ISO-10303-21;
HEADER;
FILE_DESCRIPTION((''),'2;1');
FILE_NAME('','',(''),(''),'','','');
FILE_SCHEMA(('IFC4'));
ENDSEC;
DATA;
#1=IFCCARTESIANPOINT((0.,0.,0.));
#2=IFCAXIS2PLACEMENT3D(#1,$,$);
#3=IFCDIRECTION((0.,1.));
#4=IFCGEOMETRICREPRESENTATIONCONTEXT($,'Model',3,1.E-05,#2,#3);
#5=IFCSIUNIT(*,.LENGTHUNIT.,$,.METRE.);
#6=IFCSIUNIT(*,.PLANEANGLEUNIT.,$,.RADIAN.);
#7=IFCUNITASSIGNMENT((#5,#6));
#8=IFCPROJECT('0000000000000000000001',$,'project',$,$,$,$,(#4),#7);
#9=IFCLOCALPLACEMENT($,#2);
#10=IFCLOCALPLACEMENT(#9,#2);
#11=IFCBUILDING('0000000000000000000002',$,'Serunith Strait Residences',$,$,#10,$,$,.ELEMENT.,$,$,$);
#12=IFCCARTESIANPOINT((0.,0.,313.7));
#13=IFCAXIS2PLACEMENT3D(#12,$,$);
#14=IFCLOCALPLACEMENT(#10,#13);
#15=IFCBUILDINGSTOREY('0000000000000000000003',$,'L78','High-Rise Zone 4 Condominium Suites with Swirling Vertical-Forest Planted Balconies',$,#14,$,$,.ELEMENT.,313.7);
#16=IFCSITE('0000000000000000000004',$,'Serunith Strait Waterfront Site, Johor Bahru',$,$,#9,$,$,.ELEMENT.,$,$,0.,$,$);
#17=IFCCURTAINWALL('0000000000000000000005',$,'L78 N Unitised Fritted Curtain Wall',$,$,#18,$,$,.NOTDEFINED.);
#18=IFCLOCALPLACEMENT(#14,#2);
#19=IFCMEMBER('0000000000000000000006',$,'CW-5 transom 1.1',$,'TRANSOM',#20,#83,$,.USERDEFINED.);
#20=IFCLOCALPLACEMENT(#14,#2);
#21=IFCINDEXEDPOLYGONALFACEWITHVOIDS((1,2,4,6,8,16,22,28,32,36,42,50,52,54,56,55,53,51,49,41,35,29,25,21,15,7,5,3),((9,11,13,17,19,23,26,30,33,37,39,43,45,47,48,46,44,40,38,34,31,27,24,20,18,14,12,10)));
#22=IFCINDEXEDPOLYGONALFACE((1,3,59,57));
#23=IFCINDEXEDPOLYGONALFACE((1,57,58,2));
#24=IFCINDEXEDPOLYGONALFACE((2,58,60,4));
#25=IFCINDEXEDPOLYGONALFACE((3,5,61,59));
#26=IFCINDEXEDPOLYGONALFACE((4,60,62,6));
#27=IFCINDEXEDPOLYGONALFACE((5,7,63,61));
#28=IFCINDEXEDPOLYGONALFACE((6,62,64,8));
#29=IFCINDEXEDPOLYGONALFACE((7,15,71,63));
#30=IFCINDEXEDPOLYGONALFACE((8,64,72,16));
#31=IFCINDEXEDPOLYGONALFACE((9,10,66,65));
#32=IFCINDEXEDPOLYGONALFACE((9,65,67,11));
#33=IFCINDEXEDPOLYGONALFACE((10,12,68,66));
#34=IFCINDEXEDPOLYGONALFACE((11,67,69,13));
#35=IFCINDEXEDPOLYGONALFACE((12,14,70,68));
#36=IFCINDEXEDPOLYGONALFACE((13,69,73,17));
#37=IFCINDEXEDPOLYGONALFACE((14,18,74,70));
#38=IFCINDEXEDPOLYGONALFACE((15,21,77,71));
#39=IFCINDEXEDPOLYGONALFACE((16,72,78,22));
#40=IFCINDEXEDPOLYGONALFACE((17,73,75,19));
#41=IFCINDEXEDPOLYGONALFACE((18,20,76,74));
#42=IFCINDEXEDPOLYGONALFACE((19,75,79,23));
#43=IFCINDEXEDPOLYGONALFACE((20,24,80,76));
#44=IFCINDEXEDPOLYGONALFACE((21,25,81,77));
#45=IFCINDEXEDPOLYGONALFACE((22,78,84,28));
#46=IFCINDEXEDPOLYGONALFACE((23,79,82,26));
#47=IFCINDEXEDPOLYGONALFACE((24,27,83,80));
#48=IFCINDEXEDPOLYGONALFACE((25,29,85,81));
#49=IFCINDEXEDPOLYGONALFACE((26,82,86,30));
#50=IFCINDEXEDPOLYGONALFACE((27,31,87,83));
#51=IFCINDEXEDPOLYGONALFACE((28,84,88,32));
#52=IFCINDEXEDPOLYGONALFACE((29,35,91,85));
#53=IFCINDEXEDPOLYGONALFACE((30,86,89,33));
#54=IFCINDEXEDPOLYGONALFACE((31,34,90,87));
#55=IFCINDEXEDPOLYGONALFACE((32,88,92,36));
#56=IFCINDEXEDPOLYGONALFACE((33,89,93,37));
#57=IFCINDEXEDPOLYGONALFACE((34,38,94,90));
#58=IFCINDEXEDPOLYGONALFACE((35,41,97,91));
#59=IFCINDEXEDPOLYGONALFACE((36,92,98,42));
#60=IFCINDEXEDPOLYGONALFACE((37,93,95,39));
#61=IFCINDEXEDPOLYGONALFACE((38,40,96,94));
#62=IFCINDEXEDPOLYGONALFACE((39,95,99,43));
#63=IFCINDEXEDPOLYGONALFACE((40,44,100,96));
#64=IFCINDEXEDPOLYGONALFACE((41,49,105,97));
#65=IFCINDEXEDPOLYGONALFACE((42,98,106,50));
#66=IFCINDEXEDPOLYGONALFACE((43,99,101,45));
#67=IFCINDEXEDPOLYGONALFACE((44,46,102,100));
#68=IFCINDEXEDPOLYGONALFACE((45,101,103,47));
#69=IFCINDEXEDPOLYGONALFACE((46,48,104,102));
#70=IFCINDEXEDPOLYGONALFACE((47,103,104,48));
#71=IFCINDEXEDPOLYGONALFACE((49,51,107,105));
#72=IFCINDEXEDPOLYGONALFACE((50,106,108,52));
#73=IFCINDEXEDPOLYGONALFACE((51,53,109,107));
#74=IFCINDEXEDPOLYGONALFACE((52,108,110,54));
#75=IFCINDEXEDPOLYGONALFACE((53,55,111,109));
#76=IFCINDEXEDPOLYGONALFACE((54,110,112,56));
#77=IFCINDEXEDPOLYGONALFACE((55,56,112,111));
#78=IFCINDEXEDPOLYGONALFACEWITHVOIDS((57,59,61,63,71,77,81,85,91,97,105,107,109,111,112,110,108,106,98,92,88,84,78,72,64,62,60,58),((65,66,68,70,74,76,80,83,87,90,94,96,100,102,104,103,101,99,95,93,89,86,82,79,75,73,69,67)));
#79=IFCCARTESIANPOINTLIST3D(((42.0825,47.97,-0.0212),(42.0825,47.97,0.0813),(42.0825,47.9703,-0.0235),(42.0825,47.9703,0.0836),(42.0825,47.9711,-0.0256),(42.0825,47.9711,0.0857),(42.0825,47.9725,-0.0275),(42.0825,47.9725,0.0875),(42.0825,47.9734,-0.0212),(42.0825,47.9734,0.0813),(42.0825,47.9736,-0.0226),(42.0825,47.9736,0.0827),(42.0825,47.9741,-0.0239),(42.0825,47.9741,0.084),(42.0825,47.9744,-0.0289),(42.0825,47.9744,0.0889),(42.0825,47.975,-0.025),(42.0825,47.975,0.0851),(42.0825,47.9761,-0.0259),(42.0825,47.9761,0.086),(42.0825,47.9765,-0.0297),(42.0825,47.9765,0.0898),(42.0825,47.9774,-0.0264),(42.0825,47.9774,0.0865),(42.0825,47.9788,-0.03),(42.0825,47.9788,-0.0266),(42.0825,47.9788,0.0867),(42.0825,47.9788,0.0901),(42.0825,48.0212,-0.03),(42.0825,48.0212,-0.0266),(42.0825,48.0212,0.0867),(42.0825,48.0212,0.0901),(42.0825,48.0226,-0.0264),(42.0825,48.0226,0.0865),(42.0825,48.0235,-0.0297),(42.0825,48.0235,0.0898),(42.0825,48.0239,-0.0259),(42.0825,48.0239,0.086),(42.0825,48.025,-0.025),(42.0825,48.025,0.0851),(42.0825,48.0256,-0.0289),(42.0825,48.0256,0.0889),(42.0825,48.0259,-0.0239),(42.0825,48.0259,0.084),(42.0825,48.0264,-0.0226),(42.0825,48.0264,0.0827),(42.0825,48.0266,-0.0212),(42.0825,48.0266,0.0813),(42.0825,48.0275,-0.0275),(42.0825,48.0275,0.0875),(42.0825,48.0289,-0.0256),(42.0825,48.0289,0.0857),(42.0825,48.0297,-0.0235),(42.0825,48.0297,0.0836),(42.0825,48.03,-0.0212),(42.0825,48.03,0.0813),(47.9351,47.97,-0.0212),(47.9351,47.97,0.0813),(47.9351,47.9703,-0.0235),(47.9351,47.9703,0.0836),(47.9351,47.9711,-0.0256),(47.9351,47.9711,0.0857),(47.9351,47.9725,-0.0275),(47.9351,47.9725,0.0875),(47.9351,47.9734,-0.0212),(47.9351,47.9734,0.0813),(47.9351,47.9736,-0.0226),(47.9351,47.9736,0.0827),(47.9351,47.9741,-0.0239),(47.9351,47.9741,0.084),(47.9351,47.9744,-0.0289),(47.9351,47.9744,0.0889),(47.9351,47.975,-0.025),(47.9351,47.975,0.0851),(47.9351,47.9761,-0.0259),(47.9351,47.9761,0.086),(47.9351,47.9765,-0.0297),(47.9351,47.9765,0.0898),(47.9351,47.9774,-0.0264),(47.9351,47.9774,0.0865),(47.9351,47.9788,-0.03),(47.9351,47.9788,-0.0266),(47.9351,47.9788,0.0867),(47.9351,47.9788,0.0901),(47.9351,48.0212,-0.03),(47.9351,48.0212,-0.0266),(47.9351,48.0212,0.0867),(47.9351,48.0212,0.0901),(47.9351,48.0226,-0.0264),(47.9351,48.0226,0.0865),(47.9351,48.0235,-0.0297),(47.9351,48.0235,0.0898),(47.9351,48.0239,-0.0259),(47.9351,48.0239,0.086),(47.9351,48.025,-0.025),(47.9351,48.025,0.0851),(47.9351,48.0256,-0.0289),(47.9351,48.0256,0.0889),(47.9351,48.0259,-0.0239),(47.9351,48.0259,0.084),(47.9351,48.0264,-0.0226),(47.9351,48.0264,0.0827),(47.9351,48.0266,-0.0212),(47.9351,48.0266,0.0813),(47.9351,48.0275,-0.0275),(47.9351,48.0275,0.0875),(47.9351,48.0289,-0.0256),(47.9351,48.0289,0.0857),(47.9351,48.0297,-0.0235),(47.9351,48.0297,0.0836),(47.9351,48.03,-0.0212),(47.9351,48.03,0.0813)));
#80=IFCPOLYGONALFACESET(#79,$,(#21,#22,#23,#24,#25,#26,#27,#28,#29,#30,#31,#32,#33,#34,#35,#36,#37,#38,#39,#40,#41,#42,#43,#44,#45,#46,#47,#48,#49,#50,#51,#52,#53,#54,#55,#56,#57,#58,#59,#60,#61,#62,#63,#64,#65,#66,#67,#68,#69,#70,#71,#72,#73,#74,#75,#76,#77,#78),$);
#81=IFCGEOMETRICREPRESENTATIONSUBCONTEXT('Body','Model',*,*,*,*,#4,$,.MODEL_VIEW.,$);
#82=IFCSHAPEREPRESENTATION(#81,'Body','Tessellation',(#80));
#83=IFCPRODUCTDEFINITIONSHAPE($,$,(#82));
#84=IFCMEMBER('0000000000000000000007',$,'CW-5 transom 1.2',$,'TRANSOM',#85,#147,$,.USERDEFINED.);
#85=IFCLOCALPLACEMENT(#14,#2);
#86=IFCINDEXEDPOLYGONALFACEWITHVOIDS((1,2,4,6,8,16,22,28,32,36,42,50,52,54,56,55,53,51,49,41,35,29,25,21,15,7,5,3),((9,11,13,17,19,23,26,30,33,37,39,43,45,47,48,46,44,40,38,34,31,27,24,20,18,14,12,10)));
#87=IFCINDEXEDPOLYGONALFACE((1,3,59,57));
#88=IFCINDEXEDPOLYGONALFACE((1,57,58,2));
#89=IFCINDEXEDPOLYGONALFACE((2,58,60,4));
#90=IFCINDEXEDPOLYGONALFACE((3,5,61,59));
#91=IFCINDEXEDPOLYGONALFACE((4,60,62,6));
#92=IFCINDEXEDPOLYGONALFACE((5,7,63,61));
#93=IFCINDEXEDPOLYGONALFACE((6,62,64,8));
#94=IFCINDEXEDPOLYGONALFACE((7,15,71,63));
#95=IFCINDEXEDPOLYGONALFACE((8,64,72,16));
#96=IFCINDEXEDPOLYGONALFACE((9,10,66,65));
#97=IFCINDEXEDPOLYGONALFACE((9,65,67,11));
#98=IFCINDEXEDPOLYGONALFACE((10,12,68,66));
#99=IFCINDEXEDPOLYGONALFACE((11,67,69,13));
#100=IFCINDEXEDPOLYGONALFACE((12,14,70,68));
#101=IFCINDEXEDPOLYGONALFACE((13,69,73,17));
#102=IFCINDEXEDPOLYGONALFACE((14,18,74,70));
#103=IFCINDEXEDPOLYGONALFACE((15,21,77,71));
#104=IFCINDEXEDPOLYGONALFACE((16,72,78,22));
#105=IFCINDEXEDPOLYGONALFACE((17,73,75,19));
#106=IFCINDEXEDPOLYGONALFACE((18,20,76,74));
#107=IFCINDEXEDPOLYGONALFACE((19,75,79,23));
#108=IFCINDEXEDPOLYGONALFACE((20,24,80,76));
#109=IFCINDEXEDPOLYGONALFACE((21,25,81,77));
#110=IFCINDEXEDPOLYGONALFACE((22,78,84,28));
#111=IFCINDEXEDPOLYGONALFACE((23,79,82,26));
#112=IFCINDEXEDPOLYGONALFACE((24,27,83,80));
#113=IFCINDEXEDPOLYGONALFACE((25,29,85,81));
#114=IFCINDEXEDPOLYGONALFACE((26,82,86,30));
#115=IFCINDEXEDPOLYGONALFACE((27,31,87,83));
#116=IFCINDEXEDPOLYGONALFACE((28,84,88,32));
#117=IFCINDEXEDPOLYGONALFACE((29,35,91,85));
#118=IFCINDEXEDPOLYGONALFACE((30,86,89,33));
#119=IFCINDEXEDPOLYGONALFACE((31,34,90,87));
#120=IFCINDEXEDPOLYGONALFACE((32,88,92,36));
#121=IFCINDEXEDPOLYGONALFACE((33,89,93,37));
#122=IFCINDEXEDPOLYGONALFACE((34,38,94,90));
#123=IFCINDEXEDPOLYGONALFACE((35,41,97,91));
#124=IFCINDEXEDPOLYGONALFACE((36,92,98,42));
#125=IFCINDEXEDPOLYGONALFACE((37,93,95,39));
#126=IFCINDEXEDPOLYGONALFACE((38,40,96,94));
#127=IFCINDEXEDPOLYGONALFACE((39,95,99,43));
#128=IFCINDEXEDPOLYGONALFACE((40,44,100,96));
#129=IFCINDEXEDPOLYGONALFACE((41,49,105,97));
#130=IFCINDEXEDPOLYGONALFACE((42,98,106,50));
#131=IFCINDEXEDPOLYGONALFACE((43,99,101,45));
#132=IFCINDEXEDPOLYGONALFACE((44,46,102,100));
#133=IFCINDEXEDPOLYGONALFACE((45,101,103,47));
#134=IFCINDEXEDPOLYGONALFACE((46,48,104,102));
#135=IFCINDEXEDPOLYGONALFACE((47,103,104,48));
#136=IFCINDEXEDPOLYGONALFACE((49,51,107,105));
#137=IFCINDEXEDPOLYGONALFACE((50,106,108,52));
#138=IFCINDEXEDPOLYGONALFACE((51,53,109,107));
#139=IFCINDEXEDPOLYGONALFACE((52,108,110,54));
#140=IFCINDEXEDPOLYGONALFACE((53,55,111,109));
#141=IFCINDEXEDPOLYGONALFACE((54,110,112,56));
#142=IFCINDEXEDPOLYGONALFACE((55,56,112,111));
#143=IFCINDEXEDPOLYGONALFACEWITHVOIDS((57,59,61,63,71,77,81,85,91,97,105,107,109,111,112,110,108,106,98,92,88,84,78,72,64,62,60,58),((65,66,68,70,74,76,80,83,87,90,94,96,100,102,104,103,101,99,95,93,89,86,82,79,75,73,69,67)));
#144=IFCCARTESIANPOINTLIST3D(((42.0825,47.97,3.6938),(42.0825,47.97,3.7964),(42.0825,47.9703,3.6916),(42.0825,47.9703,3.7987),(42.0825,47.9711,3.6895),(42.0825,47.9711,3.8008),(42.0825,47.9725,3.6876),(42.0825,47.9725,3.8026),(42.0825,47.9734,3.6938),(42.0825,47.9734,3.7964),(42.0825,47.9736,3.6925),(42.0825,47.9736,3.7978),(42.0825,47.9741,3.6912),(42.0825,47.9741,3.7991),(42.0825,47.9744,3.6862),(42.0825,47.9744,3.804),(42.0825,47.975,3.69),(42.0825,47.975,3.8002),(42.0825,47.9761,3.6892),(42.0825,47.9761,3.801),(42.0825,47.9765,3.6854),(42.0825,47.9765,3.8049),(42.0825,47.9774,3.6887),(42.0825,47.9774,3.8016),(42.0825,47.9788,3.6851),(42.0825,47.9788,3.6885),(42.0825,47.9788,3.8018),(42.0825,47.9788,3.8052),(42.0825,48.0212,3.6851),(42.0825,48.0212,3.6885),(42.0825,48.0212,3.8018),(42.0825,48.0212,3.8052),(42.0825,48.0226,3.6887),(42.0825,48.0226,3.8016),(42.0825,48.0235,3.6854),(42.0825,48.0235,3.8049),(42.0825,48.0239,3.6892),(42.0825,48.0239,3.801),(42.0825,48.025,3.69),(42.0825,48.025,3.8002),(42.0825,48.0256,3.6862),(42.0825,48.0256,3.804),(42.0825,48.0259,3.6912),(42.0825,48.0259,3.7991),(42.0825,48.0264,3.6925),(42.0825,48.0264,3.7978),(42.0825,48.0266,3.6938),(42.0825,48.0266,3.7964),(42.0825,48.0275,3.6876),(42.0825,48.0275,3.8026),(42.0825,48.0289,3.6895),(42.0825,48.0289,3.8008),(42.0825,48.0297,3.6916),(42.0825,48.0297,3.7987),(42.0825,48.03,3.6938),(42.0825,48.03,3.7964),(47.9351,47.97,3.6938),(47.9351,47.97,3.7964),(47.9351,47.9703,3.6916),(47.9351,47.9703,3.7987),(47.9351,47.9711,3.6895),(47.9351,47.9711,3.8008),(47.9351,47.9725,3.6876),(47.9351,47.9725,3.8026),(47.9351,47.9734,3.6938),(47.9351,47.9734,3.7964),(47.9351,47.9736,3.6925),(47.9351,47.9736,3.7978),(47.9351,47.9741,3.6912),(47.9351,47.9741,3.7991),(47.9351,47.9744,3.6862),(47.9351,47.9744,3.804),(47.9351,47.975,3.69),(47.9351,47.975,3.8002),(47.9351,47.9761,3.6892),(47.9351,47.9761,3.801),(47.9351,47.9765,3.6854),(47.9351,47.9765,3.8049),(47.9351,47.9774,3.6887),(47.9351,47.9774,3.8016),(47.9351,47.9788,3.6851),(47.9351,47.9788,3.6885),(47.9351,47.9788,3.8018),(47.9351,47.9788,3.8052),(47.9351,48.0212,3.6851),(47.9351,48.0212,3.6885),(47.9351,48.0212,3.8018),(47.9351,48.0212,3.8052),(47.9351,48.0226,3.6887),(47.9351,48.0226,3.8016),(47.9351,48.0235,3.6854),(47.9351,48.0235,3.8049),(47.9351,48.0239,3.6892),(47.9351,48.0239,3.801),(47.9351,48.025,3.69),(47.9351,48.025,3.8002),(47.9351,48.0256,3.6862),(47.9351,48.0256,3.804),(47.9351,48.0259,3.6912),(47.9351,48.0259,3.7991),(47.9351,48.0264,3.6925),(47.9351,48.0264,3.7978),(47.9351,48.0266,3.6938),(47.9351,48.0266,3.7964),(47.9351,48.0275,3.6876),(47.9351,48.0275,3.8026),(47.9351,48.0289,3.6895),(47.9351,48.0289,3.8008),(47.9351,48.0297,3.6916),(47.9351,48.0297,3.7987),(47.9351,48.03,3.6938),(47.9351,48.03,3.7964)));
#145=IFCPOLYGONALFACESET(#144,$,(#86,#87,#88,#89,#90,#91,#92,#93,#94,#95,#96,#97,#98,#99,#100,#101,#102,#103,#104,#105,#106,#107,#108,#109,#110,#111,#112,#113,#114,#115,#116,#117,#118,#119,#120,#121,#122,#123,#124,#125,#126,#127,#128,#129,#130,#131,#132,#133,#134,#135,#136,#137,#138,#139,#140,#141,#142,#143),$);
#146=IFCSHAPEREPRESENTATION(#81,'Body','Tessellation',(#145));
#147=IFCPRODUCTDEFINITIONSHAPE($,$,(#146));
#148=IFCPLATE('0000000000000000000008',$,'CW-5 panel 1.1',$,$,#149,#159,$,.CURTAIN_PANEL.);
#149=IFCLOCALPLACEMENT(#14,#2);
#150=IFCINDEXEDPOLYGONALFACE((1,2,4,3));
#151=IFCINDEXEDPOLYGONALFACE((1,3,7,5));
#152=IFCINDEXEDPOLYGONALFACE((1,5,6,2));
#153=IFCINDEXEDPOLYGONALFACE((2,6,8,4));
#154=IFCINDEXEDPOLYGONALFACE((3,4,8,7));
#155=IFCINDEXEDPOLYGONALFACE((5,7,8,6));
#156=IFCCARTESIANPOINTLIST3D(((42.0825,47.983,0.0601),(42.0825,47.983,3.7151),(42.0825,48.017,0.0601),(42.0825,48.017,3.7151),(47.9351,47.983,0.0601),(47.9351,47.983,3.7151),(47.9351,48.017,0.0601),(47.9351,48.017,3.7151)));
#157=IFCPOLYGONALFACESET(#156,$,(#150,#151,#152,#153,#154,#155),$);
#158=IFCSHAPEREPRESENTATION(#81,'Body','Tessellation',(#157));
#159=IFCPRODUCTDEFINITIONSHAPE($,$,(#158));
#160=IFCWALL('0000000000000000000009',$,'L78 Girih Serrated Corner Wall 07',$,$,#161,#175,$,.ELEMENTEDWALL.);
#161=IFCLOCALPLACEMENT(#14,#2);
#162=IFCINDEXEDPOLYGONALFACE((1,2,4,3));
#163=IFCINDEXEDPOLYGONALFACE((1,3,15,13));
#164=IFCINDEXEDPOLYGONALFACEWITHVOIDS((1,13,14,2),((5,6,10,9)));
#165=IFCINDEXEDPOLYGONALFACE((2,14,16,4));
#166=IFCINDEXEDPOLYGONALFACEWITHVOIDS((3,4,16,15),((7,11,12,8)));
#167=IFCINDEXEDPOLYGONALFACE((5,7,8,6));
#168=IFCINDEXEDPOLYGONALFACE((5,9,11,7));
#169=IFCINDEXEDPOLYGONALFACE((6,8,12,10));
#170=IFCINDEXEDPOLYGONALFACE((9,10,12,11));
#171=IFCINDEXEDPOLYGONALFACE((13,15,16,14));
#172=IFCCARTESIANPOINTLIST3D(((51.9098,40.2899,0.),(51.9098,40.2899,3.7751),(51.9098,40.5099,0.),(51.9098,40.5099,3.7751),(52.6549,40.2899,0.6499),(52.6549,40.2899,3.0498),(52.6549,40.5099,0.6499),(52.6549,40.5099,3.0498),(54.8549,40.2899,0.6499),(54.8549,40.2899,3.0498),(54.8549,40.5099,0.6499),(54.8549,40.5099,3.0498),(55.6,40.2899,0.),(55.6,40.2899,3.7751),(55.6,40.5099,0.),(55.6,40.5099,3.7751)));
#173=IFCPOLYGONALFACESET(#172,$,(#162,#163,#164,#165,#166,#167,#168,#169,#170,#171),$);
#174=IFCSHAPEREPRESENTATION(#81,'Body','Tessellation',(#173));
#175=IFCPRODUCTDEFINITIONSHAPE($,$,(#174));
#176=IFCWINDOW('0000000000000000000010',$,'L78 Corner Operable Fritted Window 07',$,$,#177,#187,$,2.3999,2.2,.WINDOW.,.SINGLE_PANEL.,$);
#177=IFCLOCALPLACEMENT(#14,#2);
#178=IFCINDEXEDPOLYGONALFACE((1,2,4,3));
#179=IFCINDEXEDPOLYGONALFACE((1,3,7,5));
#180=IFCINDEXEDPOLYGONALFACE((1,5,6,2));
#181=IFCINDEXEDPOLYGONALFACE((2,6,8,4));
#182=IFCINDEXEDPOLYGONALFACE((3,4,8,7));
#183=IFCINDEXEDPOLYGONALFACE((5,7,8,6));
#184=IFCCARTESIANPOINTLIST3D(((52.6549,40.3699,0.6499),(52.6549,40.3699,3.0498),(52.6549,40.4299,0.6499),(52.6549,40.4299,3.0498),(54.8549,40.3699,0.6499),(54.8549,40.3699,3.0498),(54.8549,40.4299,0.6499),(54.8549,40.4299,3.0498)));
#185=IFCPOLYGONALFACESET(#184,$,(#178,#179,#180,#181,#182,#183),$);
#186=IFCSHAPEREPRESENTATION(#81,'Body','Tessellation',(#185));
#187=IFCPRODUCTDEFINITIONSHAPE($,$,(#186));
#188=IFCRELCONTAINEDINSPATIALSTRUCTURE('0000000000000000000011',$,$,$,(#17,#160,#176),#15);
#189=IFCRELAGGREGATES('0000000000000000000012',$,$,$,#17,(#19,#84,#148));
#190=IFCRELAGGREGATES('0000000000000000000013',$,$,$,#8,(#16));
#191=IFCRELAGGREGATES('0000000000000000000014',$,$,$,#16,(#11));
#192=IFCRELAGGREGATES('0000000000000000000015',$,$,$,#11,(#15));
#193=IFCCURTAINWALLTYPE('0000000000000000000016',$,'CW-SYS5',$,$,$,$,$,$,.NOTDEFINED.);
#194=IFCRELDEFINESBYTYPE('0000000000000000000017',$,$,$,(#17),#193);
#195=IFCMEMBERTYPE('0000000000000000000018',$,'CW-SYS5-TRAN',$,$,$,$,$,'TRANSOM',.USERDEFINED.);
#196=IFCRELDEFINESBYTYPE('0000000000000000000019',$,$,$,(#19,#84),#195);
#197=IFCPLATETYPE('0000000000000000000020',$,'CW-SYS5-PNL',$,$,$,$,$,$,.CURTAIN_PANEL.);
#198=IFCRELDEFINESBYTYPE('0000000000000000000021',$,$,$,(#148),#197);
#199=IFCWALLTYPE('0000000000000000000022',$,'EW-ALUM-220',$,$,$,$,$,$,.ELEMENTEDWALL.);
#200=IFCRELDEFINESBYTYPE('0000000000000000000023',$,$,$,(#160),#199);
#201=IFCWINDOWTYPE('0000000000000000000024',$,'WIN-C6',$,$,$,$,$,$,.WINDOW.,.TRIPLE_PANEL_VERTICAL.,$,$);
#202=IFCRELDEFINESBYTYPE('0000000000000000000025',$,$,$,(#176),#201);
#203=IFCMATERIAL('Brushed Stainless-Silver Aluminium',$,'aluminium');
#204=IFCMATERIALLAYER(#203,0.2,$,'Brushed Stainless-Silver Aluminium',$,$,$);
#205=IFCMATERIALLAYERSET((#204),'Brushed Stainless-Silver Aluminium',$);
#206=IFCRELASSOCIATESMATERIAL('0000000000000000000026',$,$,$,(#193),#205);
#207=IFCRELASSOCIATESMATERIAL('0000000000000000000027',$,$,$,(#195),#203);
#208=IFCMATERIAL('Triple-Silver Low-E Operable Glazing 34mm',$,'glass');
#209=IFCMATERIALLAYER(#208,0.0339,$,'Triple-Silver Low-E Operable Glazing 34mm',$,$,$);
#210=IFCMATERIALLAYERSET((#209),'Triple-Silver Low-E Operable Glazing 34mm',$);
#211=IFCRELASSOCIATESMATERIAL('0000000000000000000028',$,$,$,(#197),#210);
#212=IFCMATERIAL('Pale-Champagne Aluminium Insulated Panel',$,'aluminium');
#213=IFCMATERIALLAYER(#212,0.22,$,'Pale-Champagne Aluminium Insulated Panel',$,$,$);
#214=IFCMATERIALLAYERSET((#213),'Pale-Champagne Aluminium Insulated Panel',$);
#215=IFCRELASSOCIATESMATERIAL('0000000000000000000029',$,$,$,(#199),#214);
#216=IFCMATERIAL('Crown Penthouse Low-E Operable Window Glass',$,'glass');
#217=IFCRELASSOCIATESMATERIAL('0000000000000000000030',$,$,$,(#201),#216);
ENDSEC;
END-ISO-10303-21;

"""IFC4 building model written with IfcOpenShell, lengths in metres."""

from ifc_helpers import new_model, si_unit, direction, frame, frame_2d, origin, origin_2d, place, context, subcontext, project, spatial, rectangle, hollow_rectangle, extrude, source, transform, mapped, material, layer, layer_set, material_profile, profile_set, type_object, element, fill, aggregate, save


model = new_model("IFC4")

# Units and contexts
model_context = context("Model", 3, precision=1e-05, world=origin(), true_north=direction((0.0, 1.0)))
body_context = subcontext(model_context, "Body", "Model", "MODEL_VIEW")
ifc_project = project(units=[si_unit("LENGTHUNIT", "METRE"), si_unit("PLANEANGLEUNIT", "RADIAN")], contexts=[model_context])

# Site, building, storey
site_placement = place(None, origin())
site = spatial("IfcSite", under=ifc_project, at=site_placement, Name="Serunith Strait Waterfront Site, Johor Bahru", CompositionType="ELEMENT", RefElevation=0.0)
building_placement = place(site_placement, origin())
building = spatial("IfcBuilding", under=site, at=building_placement, Name="Serunith Strait Residences", CompositionType="ELEMENT")
storey_placement = place(building_placement, frame((0.0, 0.0, 313.7)))
storey = spatial("IfcBuildingStorey", under=building, at=storey_placement, Name="L78", Description="High-Rise Zone 4 Condominium Suites with Swirling Vertical-Forest Planted Balconies", CompositionType="ELEMENT", Elevation=313.7)

# Shared definitions
ifc_material_1 = material(Name="Brushed Stainless-Silver Aluminium", Category="aluminium")
ifc_layer_1 = layer(ifc_material_1, 0.2, Name="Brushed Stainless-Silver Aluminium")
ifc_layer_set_1 = layer_set([ifc_layer_1], Name="Brushed Stainless-Silver Aluminium")
curtain_wall_type = type_object("IfcCurtainWallType", Name="CW-SYS5", PredefinedType="NOTDEFINED", material=ifc_layer_set_1)

# Curtain wall, members, plate
curtain_wall_1_placement = place(storey_placement, origin())
curtain_wall_1 = element("IfcCurtainWall", 1, at=curtain_wall_1_placement, inside=storey, type_object=curtain_wall_type, Name="L78 N Unitised Fritted Curtain Wall", PredefinedType="NOTDEFINED")
ifc_material_profile_1 = material_profile(ifc_material_1, hollow_rectangle(XDim=0.0601, YDim=0.1201, WallThickness=0.0034, InnerFilletRadius=0.0054, OuterFilletRadius=0.0088, at=origin_2d()), Name="ALU 120x60x3.5")
ifc_profile_set_1 = profile_set([ifc_material_profile_1], Name="Brushed Stainless-Silver Aluminium")
member_type_1 = type_object("IfcMemberType", Name="CW-SYS5-TRAN", ElementType="TRANSOM", PredefinedType="USERDEFINED", material=ifc_profile_set_1)
shared_shape_1 = source(origin(), body_context, "Body", "SweptSolid", [
    extrude(hollow_rectangle(XDim=0.0601, YDim=0.1201, WallThickness=0.0034, InnerFilletRadius=0.0054, OuterFilletRadius=0.0088, at=origin_2d()), origin(), (0.0, 0.0, 1.0), 5.8525),
])
member_1_placement = place(storey_placement, frame((47.9351, 48.0, 0.03), z_axis=(-1.0, 0.0, 0.0), x_axis=(0.0, -1.0, 0.0)))
member_1 = element("IfcMember", 2, at=member_1_placement, type_object=member_type_1, Name="CW-5 transom 1.1", ObjectType="TRANSOM", PredefinedType="USERDEFINED", context=body_context, shape_type="MappedRepresentation", body=[
    mapped(shared_shape_1, transform((0.0, 0.0, 0.0), scale=1.0)),
])
member_2_placement = place(storey_placement, frame((47.9351, 48.0, 3.7451), z_axis=(-1.0, 0.0, 0.0), x_axis=(0.0, -1.0, 0.0)))
member_2 = element("IfcMember", 3, at=member_2_placement, type_object=member_type_1, Name="CW-5 transom 1.2", ObjectType="TRANSOM", PredefinedType="USERDEFINED", context=body_context, shape_type="MappedRepresentation", body=[
    mapped(shared_shape_1, transform((0.0, 0.0, 0.0), scale=1.0)),
])
ifc_material_2 = material(Name="Triple-Silver Low-E Operable Glazing 34mm", Category="glass")
ifc_layer_2 = layer(ifc_material_2, 0.0339, Name="Triple-Silver Low-E Operable Glazing 34mm")
ifc_layer_set_2 = layer_set([ifc_layer_2], Name="Triple-Silver Low-E Operable Glazing 34mm")
plate_type = type_object("IfcPlateType", Name="CW-SYS5-PNL", PredefinedType="CURTAIN_PANEL", material=ifc_layer_set_2)
shared_shape_2 = source(origin(), body_context, "Body", "SweptSolid", [
    extrude(rectangle(XDim=5.8525, YDim=0.0339, at=origin_2d()), origin(), (0.0, 0.0, 1.0), 3.655),
])
plate_placement = place(storey_placement, frame((45.0088, 48.0, 0.0601), z_axis=(0.0, 0.0, 1.0), x_axis=(-1.0, 0.0, 0.0)))
plate = element("IfcPlate", 4, at=plate_placement, type_object=plate_type, Name="CW-5 panel 1.1", PredefinedType="CURTAIN_PANEL", context=body_context, shape_type="MappedRepresentation", body=[
    mapped(shared_shape_2, transform((0.0, 0.0, 0.0), scale=1.0)),
])
aggregate(curtain_wall_1, [member_1, member_2, plate])

# Wall, opening, window
ifc_material_3 = material(Name="Pale-Champagne Aluminium Insulated Panel", Category="aluminium")
ifc_layer_3 = layer(ifc_material_3, 0.22, Name="Pale-Champagne Aluminium Insulated Panel")
ifc_layer_set_3 = layer_set([ifc_layer_3], Name="Pale-Champagne Aluminium Insulated Panel")
wall_type_1 = type_object("IfcWallType", Name="EW-ALUM-220", PredefinedType="ELEMENTEDWALL", material=ifc_layer_set_3)
wall_1_placement = place(storey_placement, frame((55.6001, 40.3999, 0.0), z_axis=(0.0, 0.0, 1.0), x_axis=(-1.0, 0.0, 0.0)))
wall_1 = element("IfcWall", 5, at=wall_1_placement, inside=storey, type_object=wall_type_1, Name="L78 Girih Serrated Corner Wall 07", PredefinedType="ELEMENTEDWALL", context=body_context, shape_type="SweptSolid", body=[
    extrude(rectangle(XDim=3.6902, YDim=0.22, at=frame_2d((1.8452, 0.0))), origin(), (0.0, 0.0, 1.0), 3.7751),
])
opening_1_placement = place(wall_1_placement, frame((0.7451, 0.0, 0.6499)))
opening_1 = element("IfcOpeningElement", 6, at=opening_1_placement, cuts=wall_1, PredefinedType="OPENING", context=body_context, shape_type="SweptSolid", body=[
    extrude(rectangle(XDim=2.2, YDim=2.3999, at=frame_2d((1.1001, 1.2))), frame((0.0, 0.1201, 0.0), z_axis=(0.0, -1.0, 0.0), x_axis=(1.0, 0.0, 0.0)), (0.0, 0.0, 1.0), 0.24),
])
ifc_material_4 = material(Name="Crown Penthouse Low-E Operable Window Glass", Category="glass")
window_type = type_object("IfcWindowType", Name="WIN-C6", PartitioningType="TRIPLE_PANEL_VERTICAL", PredefinedType="WINDOW", material=ifc_material_4)
shared_shape_3 = source(origin(), body_context, "Body", "SweptSolid", [
    extrude(rectangle(XDim=2.2, YDim=2.3999, at=frame_2d((1.1001, 1.2))), frame((0.0, 0.03, 0.0), z_axis=(0.0, -1.0, 0.0), x_axis=(1.0, 0.0, 0.0)), (0.0, 0.0, 1.0), 0.0601),
])
window_1_placement = place(opening_1_placement, origin())
window_1 = element("IfcWindow", 7, at=window_1_placement, inside=storey, type_object=window_type, Name="L78 Corner Operable Fritted Window 07", OverallHeight=2.3999, OverallWidth=2.2, PartitioningType="SINGLE_PANEL", PredefinedType="WINDOW", context=body_context, shape_type="MappedRepresentation", body=[
    mapped(shared_shape_3, transform((0.0, 0.0, 0.0), scale=1.0)),
])
fill(opening_1, window_1)

save(model, "model.ifc")
